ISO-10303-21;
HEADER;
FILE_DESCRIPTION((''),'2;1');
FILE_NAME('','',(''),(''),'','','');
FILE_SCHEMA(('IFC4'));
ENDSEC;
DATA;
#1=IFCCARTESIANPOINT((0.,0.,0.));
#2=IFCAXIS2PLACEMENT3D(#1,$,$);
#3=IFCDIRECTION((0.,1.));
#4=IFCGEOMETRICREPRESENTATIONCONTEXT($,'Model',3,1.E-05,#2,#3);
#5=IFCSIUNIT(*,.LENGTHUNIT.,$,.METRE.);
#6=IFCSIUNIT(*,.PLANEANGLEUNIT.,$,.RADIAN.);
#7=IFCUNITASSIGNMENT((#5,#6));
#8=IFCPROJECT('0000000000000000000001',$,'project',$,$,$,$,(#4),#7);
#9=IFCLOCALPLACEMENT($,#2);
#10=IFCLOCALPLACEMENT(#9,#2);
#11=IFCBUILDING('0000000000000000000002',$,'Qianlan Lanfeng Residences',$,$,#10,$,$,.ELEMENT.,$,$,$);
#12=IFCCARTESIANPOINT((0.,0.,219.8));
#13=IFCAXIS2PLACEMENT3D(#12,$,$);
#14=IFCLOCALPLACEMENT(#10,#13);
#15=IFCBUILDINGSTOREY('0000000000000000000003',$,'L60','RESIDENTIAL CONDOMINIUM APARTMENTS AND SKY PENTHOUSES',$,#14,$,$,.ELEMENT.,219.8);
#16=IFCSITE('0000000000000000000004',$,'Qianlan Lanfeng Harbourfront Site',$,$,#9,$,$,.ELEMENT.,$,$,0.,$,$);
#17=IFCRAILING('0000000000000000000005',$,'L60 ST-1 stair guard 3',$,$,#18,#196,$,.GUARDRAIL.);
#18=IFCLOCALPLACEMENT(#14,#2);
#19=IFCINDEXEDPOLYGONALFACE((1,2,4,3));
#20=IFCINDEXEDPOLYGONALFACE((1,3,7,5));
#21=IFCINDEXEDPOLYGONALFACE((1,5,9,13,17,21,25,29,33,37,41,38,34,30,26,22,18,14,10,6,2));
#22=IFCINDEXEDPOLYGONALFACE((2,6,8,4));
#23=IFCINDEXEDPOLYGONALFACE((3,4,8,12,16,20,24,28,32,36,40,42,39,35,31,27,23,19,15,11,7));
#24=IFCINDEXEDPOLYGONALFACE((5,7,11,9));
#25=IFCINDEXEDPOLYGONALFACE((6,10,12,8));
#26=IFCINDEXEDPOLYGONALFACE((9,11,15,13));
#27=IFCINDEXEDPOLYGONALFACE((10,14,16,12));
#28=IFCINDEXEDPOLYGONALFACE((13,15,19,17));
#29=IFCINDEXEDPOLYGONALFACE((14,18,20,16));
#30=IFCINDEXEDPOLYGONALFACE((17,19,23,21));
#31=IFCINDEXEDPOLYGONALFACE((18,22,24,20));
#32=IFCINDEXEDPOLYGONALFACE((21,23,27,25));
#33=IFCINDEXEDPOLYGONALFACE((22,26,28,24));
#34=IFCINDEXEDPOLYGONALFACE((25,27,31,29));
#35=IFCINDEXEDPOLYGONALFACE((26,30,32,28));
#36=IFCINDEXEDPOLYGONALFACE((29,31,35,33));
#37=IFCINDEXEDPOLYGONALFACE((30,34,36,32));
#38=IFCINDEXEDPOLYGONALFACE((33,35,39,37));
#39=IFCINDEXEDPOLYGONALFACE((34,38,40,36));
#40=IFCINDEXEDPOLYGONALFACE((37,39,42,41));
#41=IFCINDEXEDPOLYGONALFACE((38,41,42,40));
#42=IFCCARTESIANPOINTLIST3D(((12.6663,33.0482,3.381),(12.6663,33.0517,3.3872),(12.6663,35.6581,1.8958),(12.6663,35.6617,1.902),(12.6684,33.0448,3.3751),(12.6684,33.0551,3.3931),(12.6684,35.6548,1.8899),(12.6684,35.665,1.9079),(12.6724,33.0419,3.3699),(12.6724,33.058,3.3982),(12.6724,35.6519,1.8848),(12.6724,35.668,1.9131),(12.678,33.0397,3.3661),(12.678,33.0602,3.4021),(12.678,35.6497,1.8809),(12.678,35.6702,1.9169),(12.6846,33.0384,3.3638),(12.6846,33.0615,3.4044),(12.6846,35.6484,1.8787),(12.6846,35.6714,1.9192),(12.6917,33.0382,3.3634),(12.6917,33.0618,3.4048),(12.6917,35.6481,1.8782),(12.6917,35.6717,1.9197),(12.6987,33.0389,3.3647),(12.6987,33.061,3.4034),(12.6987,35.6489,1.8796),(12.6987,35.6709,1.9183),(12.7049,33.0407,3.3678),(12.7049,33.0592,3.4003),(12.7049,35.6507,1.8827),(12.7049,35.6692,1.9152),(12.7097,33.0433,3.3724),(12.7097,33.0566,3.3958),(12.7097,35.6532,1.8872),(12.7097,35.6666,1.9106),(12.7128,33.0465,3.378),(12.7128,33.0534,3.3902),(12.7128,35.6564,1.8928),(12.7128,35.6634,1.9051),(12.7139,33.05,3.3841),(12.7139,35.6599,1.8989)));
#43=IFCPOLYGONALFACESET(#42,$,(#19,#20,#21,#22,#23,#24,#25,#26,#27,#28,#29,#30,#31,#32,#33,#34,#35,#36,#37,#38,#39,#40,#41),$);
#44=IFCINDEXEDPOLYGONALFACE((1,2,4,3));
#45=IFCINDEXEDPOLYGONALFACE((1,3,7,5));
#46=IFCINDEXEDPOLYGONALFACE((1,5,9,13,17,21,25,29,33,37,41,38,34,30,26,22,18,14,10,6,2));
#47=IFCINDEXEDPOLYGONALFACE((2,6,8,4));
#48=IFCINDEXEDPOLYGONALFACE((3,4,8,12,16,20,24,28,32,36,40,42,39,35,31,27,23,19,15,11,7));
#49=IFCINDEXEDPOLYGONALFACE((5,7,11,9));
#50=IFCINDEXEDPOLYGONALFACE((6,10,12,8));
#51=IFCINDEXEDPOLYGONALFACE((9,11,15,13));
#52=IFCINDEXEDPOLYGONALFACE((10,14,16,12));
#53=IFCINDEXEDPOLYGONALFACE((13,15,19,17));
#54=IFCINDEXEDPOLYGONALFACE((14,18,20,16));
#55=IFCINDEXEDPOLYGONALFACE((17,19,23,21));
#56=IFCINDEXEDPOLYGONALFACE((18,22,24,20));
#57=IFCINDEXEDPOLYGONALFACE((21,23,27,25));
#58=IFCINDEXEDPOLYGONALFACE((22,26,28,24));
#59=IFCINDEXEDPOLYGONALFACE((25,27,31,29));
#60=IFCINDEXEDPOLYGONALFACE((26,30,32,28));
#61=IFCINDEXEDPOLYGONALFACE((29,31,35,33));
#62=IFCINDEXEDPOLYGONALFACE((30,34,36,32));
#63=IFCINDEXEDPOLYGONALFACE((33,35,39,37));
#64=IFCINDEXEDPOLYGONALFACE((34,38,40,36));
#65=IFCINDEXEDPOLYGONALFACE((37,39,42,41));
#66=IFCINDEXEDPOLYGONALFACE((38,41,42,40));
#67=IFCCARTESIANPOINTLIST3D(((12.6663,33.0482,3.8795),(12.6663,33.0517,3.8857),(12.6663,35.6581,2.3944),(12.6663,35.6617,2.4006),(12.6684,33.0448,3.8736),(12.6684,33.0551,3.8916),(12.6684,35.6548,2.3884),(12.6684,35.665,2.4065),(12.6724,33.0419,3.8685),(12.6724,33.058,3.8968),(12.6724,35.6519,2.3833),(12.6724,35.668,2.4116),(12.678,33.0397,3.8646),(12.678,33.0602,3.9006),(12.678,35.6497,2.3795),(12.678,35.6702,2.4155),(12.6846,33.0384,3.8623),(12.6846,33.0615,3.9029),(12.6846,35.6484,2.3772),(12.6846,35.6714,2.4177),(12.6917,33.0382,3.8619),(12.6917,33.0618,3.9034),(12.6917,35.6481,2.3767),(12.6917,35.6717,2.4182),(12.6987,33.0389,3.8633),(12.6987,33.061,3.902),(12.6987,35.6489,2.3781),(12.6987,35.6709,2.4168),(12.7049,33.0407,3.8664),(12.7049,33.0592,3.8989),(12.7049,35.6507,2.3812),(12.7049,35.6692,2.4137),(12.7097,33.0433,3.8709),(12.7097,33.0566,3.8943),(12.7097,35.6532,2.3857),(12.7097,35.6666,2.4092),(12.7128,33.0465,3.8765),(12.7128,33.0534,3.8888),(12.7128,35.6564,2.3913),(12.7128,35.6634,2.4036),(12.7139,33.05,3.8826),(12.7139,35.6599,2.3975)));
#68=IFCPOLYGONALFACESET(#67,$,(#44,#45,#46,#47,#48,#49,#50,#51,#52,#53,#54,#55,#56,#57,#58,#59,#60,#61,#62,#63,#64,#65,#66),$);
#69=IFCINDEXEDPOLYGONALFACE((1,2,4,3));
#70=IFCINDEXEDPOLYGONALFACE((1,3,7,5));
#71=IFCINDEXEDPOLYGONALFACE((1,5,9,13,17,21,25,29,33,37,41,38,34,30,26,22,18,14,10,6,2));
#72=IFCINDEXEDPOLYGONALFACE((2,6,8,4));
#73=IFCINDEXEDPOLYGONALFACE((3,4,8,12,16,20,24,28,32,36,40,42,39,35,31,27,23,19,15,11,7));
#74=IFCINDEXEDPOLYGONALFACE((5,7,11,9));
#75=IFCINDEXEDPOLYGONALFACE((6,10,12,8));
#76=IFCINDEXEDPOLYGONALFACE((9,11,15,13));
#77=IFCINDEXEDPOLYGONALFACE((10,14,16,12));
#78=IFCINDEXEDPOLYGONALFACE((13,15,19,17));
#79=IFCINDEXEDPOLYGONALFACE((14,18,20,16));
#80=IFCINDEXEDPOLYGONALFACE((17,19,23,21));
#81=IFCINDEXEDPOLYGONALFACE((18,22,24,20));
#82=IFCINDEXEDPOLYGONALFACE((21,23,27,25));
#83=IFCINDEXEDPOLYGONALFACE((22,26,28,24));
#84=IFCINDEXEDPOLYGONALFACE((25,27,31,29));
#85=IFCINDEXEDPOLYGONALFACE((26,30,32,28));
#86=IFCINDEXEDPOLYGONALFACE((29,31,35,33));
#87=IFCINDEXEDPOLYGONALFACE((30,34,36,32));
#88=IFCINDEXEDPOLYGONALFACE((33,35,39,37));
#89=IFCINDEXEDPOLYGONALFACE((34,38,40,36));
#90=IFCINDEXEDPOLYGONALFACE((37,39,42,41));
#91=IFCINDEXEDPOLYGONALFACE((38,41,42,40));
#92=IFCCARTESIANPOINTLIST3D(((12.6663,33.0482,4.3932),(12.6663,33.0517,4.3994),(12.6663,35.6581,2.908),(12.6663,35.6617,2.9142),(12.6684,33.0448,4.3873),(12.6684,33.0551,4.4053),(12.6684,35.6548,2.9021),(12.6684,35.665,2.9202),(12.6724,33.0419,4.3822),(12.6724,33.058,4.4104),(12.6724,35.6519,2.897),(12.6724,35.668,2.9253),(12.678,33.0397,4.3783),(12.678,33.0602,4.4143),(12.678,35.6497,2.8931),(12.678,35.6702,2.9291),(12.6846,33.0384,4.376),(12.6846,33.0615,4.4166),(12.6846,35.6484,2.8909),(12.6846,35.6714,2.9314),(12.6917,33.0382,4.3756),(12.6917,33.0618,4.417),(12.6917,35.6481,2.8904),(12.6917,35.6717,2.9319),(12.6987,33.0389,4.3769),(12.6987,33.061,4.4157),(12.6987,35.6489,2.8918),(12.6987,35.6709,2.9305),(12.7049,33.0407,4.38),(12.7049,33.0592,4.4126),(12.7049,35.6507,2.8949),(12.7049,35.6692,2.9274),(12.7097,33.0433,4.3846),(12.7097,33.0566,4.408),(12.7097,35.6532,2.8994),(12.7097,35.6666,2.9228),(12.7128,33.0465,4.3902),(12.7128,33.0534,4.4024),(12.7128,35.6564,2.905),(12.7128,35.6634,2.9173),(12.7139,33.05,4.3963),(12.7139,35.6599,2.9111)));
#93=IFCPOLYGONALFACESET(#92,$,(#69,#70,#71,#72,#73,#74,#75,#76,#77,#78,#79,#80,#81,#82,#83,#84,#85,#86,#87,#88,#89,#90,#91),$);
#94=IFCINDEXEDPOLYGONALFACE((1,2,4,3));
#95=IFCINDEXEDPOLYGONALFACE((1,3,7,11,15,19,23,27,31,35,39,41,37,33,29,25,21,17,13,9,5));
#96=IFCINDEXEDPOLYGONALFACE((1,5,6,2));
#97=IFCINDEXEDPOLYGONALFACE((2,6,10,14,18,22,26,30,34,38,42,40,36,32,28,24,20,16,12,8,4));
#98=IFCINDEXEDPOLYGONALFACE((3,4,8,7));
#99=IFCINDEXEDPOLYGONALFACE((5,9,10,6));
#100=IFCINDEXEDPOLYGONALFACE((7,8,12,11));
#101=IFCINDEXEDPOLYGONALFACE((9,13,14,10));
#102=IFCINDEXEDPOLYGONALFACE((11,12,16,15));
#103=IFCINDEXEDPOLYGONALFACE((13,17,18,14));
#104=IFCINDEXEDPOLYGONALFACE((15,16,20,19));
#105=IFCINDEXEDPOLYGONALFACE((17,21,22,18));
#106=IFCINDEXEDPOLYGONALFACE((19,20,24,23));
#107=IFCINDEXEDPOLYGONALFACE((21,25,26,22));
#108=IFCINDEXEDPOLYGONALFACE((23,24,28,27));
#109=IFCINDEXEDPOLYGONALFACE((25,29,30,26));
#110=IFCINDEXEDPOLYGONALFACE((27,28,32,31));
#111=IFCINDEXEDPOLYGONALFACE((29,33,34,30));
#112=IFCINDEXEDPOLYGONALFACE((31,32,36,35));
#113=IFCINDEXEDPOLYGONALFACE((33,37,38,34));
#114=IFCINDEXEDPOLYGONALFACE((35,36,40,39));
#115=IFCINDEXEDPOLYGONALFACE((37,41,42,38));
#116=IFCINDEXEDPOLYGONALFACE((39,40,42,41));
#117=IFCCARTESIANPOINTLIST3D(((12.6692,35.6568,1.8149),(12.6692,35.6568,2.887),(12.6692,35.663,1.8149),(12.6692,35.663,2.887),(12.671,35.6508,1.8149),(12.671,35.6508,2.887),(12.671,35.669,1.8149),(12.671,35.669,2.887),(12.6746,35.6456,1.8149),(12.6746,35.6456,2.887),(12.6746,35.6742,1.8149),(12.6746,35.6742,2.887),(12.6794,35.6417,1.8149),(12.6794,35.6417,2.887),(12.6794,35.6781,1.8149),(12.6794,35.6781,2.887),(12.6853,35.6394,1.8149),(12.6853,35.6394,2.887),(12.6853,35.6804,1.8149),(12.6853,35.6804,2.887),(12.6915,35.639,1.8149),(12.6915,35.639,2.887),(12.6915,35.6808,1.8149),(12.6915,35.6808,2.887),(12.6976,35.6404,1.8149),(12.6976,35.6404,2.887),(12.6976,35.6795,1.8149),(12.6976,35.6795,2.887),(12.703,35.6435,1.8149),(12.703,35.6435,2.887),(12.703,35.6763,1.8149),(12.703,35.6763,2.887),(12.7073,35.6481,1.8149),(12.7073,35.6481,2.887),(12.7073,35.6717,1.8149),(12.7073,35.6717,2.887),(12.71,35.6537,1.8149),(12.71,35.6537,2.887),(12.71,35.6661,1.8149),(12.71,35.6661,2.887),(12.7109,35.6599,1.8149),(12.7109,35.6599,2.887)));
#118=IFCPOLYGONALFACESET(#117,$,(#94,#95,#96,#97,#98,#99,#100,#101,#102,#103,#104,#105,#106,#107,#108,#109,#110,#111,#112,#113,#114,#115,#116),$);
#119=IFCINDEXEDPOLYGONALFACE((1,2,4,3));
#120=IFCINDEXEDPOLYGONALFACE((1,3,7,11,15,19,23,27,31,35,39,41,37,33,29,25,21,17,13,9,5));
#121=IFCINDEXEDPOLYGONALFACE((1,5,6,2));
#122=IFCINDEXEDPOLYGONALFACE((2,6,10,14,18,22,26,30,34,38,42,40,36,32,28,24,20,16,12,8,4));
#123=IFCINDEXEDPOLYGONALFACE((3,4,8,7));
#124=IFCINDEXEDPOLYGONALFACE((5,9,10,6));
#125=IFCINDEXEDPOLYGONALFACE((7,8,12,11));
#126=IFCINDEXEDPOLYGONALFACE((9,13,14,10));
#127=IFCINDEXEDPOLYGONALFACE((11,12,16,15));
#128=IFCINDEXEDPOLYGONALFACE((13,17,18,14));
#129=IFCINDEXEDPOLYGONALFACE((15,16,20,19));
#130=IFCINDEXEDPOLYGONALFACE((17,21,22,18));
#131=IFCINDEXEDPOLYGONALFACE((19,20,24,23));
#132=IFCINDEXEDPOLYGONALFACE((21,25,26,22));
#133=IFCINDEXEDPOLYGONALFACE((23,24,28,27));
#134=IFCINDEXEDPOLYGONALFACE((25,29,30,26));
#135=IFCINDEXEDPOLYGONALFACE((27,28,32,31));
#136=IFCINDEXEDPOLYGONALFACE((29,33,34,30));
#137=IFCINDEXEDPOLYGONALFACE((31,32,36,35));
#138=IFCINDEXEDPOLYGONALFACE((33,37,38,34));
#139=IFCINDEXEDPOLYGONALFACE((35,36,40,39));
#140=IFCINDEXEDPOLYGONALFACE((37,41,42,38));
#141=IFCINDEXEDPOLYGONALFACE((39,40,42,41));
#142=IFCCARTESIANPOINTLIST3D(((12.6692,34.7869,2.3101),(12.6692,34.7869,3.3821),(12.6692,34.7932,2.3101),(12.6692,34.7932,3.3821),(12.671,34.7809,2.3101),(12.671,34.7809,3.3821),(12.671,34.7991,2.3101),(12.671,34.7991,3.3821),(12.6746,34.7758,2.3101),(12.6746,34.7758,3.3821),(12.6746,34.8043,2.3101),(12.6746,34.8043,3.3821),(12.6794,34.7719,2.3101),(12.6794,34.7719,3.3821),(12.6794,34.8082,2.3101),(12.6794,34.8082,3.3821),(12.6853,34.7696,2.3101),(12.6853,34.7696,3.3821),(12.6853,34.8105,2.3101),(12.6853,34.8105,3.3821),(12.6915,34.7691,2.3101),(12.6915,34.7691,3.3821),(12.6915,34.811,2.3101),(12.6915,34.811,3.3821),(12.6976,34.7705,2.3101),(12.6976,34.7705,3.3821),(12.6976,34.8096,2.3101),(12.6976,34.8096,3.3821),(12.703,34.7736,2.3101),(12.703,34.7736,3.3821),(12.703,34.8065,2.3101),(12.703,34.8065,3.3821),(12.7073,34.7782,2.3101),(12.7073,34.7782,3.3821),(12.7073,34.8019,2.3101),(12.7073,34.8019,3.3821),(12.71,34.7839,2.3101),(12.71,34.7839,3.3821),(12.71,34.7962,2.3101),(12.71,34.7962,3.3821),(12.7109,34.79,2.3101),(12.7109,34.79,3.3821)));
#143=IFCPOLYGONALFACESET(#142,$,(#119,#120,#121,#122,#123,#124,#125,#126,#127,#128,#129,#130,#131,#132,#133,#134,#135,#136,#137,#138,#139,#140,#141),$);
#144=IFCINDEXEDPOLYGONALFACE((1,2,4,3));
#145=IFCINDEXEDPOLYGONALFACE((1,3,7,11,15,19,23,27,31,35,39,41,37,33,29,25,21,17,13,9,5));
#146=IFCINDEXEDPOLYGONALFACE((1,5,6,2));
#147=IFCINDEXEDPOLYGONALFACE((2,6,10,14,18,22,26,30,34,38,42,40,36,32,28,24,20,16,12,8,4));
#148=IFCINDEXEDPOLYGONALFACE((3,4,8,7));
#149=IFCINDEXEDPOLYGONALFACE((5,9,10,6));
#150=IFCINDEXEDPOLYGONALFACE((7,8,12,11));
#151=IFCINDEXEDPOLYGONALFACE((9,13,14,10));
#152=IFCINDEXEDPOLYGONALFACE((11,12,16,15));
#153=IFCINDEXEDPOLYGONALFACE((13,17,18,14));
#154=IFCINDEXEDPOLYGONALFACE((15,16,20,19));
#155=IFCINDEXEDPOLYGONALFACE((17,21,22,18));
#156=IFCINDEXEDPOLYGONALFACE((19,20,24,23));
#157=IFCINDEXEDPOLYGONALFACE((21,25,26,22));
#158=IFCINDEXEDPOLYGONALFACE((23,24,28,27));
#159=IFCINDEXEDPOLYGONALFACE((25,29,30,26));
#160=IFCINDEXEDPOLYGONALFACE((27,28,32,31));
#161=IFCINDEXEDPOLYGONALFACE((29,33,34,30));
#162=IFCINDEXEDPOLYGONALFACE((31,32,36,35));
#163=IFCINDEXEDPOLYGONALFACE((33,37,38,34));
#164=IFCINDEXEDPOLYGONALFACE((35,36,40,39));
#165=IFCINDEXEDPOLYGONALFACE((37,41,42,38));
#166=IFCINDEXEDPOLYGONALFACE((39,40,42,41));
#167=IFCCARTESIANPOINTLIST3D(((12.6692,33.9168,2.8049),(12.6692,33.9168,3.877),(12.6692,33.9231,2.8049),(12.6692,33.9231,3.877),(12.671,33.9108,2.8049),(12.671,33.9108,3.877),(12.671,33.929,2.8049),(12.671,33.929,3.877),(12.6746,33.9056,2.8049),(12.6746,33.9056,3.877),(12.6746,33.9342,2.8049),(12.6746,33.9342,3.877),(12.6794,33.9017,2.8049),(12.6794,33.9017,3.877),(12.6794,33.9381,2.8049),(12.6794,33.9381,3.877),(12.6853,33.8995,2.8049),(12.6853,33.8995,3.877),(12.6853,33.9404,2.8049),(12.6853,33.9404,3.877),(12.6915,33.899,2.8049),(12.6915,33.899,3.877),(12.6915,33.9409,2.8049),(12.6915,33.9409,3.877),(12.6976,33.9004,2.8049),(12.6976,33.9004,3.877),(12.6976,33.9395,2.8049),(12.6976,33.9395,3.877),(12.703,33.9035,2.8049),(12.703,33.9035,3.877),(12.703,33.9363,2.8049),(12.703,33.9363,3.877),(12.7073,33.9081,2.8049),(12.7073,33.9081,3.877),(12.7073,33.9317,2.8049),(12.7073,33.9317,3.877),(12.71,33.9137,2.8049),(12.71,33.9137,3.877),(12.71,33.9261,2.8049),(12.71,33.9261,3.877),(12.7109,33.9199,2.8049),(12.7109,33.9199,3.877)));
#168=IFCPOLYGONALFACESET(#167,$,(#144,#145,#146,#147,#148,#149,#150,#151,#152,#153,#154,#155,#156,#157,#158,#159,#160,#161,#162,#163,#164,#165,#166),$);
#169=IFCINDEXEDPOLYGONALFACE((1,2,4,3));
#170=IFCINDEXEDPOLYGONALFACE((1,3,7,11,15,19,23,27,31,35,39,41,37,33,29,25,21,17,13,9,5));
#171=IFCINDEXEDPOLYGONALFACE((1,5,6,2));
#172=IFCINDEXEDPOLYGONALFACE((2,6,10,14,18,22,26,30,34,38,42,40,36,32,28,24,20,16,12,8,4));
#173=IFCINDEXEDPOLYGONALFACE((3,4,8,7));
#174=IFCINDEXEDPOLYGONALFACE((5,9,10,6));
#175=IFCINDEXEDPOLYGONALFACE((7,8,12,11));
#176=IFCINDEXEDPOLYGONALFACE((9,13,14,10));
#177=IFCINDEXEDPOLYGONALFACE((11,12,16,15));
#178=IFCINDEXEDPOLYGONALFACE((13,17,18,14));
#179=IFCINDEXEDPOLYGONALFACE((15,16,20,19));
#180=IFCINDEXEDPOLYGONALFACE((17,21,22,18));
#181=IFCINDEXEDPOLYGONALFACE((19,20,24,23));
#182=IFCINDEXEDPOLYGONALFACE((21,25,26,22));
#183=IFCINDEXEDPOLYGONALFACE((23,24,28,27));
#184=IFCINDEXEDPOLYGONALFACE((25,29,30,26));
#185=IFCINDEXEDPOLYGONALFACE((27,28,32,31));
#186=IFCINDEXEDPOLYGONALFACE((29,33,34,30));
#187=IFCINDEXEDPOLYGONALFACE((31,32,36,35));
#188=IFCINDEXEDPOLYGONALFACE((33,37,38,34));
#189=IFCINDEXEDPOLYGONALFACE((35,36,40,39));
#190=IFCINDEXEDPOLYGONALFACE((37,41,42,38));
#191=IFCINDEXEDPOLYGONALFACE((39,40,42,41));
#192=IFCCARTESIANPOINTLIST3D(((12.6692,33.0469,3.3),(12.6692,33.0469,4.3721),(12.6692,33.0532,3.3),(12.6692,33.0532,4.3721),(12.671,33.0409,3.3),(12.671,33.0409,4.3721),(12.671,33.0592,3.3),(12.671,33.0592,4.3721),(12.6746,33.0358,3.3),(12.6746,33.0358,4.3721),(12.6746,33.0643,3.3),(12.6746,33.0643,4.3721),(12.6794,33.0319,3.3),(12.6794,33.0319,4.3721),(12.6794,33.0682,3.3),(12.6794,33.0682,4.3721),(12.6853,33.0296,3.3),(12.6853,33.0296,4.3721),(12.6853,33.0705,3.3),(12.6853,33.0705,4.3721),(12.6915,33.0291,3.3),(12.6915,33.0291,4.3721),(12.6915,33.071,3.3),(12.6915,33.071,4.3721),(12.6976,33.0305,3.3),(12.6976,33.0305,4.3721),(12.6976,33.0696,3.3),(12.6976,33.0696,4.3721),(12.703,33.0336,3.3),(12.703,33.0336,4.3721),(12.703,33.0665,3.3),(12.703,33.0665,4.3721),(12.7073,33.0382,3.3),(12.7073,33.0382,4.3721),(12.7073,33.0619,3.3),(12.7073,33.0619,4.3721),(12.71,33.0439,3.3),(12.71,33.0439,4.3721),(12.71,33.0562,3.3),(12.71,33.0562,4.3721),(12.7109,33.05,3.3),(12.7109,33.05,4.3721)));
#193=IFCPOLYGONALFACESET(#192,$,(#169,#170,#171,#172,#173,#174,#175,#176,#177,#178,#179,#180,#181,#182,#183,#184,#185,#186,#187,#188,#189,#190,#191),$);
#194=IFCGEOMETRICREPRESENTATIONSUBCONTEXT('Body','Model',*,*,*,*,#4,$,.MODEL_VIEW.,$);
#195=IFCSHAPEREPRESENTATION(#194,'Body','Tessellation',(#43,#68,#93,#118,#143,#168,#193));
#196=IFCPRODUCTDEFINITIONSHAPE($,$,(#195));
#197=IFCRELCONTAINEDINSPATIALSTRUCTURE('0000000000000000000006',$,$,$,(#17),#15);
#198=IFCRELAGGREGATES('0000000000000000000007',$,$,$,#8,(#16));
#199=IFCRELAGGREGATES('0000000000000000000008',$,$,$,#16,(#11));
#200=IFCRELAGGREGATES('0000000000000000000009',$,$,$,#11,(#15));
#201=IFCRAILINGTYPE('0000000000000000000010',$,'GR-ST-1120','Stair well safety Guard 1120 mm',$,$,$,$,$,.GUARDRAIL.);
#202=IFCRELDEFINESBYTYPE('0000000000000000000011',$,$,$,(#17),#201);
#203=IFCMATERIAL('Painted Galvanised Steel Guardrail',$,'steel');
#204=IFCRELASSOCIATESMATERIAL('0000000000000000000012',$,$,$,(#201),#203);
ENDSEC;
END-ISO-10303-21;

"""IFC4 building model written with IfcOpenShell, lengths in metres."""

from ifc_helpers import new_model, si_unit, direction, frame, origin, origin_2d, place, context, subcontext, project, spatial, circle, extrude, material, type_object, element, save


model = new_model("IFC4")

# Units and contexts
model_context = context("Model", 3, precision=1e-05, world=origin(), true_north=direction((0.0, 1.0)))
body_context = subcontext(model_context, "Body", "Model", "MODEL_VIEW")
ifc_project = project(units=[si_unit("LENGTHUNIT", "METRE"), si_unit("PLANEANGLEUNIT", "RADIAN")], contexts=[model_context])

# Site, building, storey
site_placement = place(None, origin())
site = spatial("IfcSite", under=ifc_project, at=site_placement, Name="Qianlan Lanfeng Harbourfront Site", CompositionType="ELEMENT", RefElevation=0.0)
building_placement = place(site_placement, origin())
building = spatial("IfcBuilding", under=site, at=building_placement, Name="Qianlan Lanfeng Residences", CompositionType="ELEMENT")
storey_placement = place(building_placement, frame((0.0, 0.0, 219.8)))
storey = spatial("IfcBuildingStorey", under=building, at=storey_placement, Name="L60", Description="RESIDENTIAL CONDOMINIUM APARTMENTS AND SKY PENTHOUSES", CompositionType="ELEMENT", Elevation=219.8)

# Railing
ifc_material_1 = material(Name="Painted Galvanised Steel Guardrail", Category="steel")
railing_type_1 = type_object("IfcRailingType", Name="GR-ST-1120", Description="Stair well safety Guard 1120 mm", PredefinedType="GUARDRAIL", material=ifc_material_1)
railing_1_placement = place(storey_placement, frame((12.6899, 35.6599, 1.8149)))
element("IfcRailing", 1, at=railing_1_placement, inside=storey, type_object=railing_type_1, Name="L60 ST-1 stair guard 3", PredefinedType="GUARDRAIL", context=body_context, shape_type="SweptSolid", body=[
    extrude(circle(Radius=0.0239, at=origin_2d()), frame((0.0, 0.0, 0.084), z_axis=(0.0, -0.869137, 0.494571), x_axis=(1.0, 0.0, 0.0)), (0.0, 0.0, 1.0), 3.0029),
    extrude(circle(Radius=0.0239, at=origin_2d()), frame((0.0, 0.0, 0.5825), z_axis=(0.0, -0.869137, 0.494571), x_axis=(1.0, 0.0, 0.0)), (0.0, 0.0, 1.0), 3.0029),
    extrude(circle(Radius=0.0239, at=origin_2d()), frame((0.0, 0.0, 1.0962), z_axis=(0.0, -0.869137, 0.494571), x_axis=(1.0, 0.0, 0.0)), (0.0, 0.0, 1.0), 3.0029),
    extrude(circle(Radius=0.021, at=origin_2d()), origin(), (0.0, 0.0, 1.0), 1.072),
    extrude(circle(Radius=0.021, at=origin_2d()), frame((0.0, -0.8699, 0.4951)), (0.0, 0.0, 1.0), 1.072),
    extrude(circle(Radius=0.021, at=origin_2d()), frame((0.0, -1.74, 0.99)), (0.0, 0.0, 1.0), 1.072),
    extrude(circle(Radius=0.021, at=origin_2d()), frame((0.0, -2.6099, 1.4851)), (0.0, 0.0, 1.0), 1.072),
])

save(model, "model.ifc")
